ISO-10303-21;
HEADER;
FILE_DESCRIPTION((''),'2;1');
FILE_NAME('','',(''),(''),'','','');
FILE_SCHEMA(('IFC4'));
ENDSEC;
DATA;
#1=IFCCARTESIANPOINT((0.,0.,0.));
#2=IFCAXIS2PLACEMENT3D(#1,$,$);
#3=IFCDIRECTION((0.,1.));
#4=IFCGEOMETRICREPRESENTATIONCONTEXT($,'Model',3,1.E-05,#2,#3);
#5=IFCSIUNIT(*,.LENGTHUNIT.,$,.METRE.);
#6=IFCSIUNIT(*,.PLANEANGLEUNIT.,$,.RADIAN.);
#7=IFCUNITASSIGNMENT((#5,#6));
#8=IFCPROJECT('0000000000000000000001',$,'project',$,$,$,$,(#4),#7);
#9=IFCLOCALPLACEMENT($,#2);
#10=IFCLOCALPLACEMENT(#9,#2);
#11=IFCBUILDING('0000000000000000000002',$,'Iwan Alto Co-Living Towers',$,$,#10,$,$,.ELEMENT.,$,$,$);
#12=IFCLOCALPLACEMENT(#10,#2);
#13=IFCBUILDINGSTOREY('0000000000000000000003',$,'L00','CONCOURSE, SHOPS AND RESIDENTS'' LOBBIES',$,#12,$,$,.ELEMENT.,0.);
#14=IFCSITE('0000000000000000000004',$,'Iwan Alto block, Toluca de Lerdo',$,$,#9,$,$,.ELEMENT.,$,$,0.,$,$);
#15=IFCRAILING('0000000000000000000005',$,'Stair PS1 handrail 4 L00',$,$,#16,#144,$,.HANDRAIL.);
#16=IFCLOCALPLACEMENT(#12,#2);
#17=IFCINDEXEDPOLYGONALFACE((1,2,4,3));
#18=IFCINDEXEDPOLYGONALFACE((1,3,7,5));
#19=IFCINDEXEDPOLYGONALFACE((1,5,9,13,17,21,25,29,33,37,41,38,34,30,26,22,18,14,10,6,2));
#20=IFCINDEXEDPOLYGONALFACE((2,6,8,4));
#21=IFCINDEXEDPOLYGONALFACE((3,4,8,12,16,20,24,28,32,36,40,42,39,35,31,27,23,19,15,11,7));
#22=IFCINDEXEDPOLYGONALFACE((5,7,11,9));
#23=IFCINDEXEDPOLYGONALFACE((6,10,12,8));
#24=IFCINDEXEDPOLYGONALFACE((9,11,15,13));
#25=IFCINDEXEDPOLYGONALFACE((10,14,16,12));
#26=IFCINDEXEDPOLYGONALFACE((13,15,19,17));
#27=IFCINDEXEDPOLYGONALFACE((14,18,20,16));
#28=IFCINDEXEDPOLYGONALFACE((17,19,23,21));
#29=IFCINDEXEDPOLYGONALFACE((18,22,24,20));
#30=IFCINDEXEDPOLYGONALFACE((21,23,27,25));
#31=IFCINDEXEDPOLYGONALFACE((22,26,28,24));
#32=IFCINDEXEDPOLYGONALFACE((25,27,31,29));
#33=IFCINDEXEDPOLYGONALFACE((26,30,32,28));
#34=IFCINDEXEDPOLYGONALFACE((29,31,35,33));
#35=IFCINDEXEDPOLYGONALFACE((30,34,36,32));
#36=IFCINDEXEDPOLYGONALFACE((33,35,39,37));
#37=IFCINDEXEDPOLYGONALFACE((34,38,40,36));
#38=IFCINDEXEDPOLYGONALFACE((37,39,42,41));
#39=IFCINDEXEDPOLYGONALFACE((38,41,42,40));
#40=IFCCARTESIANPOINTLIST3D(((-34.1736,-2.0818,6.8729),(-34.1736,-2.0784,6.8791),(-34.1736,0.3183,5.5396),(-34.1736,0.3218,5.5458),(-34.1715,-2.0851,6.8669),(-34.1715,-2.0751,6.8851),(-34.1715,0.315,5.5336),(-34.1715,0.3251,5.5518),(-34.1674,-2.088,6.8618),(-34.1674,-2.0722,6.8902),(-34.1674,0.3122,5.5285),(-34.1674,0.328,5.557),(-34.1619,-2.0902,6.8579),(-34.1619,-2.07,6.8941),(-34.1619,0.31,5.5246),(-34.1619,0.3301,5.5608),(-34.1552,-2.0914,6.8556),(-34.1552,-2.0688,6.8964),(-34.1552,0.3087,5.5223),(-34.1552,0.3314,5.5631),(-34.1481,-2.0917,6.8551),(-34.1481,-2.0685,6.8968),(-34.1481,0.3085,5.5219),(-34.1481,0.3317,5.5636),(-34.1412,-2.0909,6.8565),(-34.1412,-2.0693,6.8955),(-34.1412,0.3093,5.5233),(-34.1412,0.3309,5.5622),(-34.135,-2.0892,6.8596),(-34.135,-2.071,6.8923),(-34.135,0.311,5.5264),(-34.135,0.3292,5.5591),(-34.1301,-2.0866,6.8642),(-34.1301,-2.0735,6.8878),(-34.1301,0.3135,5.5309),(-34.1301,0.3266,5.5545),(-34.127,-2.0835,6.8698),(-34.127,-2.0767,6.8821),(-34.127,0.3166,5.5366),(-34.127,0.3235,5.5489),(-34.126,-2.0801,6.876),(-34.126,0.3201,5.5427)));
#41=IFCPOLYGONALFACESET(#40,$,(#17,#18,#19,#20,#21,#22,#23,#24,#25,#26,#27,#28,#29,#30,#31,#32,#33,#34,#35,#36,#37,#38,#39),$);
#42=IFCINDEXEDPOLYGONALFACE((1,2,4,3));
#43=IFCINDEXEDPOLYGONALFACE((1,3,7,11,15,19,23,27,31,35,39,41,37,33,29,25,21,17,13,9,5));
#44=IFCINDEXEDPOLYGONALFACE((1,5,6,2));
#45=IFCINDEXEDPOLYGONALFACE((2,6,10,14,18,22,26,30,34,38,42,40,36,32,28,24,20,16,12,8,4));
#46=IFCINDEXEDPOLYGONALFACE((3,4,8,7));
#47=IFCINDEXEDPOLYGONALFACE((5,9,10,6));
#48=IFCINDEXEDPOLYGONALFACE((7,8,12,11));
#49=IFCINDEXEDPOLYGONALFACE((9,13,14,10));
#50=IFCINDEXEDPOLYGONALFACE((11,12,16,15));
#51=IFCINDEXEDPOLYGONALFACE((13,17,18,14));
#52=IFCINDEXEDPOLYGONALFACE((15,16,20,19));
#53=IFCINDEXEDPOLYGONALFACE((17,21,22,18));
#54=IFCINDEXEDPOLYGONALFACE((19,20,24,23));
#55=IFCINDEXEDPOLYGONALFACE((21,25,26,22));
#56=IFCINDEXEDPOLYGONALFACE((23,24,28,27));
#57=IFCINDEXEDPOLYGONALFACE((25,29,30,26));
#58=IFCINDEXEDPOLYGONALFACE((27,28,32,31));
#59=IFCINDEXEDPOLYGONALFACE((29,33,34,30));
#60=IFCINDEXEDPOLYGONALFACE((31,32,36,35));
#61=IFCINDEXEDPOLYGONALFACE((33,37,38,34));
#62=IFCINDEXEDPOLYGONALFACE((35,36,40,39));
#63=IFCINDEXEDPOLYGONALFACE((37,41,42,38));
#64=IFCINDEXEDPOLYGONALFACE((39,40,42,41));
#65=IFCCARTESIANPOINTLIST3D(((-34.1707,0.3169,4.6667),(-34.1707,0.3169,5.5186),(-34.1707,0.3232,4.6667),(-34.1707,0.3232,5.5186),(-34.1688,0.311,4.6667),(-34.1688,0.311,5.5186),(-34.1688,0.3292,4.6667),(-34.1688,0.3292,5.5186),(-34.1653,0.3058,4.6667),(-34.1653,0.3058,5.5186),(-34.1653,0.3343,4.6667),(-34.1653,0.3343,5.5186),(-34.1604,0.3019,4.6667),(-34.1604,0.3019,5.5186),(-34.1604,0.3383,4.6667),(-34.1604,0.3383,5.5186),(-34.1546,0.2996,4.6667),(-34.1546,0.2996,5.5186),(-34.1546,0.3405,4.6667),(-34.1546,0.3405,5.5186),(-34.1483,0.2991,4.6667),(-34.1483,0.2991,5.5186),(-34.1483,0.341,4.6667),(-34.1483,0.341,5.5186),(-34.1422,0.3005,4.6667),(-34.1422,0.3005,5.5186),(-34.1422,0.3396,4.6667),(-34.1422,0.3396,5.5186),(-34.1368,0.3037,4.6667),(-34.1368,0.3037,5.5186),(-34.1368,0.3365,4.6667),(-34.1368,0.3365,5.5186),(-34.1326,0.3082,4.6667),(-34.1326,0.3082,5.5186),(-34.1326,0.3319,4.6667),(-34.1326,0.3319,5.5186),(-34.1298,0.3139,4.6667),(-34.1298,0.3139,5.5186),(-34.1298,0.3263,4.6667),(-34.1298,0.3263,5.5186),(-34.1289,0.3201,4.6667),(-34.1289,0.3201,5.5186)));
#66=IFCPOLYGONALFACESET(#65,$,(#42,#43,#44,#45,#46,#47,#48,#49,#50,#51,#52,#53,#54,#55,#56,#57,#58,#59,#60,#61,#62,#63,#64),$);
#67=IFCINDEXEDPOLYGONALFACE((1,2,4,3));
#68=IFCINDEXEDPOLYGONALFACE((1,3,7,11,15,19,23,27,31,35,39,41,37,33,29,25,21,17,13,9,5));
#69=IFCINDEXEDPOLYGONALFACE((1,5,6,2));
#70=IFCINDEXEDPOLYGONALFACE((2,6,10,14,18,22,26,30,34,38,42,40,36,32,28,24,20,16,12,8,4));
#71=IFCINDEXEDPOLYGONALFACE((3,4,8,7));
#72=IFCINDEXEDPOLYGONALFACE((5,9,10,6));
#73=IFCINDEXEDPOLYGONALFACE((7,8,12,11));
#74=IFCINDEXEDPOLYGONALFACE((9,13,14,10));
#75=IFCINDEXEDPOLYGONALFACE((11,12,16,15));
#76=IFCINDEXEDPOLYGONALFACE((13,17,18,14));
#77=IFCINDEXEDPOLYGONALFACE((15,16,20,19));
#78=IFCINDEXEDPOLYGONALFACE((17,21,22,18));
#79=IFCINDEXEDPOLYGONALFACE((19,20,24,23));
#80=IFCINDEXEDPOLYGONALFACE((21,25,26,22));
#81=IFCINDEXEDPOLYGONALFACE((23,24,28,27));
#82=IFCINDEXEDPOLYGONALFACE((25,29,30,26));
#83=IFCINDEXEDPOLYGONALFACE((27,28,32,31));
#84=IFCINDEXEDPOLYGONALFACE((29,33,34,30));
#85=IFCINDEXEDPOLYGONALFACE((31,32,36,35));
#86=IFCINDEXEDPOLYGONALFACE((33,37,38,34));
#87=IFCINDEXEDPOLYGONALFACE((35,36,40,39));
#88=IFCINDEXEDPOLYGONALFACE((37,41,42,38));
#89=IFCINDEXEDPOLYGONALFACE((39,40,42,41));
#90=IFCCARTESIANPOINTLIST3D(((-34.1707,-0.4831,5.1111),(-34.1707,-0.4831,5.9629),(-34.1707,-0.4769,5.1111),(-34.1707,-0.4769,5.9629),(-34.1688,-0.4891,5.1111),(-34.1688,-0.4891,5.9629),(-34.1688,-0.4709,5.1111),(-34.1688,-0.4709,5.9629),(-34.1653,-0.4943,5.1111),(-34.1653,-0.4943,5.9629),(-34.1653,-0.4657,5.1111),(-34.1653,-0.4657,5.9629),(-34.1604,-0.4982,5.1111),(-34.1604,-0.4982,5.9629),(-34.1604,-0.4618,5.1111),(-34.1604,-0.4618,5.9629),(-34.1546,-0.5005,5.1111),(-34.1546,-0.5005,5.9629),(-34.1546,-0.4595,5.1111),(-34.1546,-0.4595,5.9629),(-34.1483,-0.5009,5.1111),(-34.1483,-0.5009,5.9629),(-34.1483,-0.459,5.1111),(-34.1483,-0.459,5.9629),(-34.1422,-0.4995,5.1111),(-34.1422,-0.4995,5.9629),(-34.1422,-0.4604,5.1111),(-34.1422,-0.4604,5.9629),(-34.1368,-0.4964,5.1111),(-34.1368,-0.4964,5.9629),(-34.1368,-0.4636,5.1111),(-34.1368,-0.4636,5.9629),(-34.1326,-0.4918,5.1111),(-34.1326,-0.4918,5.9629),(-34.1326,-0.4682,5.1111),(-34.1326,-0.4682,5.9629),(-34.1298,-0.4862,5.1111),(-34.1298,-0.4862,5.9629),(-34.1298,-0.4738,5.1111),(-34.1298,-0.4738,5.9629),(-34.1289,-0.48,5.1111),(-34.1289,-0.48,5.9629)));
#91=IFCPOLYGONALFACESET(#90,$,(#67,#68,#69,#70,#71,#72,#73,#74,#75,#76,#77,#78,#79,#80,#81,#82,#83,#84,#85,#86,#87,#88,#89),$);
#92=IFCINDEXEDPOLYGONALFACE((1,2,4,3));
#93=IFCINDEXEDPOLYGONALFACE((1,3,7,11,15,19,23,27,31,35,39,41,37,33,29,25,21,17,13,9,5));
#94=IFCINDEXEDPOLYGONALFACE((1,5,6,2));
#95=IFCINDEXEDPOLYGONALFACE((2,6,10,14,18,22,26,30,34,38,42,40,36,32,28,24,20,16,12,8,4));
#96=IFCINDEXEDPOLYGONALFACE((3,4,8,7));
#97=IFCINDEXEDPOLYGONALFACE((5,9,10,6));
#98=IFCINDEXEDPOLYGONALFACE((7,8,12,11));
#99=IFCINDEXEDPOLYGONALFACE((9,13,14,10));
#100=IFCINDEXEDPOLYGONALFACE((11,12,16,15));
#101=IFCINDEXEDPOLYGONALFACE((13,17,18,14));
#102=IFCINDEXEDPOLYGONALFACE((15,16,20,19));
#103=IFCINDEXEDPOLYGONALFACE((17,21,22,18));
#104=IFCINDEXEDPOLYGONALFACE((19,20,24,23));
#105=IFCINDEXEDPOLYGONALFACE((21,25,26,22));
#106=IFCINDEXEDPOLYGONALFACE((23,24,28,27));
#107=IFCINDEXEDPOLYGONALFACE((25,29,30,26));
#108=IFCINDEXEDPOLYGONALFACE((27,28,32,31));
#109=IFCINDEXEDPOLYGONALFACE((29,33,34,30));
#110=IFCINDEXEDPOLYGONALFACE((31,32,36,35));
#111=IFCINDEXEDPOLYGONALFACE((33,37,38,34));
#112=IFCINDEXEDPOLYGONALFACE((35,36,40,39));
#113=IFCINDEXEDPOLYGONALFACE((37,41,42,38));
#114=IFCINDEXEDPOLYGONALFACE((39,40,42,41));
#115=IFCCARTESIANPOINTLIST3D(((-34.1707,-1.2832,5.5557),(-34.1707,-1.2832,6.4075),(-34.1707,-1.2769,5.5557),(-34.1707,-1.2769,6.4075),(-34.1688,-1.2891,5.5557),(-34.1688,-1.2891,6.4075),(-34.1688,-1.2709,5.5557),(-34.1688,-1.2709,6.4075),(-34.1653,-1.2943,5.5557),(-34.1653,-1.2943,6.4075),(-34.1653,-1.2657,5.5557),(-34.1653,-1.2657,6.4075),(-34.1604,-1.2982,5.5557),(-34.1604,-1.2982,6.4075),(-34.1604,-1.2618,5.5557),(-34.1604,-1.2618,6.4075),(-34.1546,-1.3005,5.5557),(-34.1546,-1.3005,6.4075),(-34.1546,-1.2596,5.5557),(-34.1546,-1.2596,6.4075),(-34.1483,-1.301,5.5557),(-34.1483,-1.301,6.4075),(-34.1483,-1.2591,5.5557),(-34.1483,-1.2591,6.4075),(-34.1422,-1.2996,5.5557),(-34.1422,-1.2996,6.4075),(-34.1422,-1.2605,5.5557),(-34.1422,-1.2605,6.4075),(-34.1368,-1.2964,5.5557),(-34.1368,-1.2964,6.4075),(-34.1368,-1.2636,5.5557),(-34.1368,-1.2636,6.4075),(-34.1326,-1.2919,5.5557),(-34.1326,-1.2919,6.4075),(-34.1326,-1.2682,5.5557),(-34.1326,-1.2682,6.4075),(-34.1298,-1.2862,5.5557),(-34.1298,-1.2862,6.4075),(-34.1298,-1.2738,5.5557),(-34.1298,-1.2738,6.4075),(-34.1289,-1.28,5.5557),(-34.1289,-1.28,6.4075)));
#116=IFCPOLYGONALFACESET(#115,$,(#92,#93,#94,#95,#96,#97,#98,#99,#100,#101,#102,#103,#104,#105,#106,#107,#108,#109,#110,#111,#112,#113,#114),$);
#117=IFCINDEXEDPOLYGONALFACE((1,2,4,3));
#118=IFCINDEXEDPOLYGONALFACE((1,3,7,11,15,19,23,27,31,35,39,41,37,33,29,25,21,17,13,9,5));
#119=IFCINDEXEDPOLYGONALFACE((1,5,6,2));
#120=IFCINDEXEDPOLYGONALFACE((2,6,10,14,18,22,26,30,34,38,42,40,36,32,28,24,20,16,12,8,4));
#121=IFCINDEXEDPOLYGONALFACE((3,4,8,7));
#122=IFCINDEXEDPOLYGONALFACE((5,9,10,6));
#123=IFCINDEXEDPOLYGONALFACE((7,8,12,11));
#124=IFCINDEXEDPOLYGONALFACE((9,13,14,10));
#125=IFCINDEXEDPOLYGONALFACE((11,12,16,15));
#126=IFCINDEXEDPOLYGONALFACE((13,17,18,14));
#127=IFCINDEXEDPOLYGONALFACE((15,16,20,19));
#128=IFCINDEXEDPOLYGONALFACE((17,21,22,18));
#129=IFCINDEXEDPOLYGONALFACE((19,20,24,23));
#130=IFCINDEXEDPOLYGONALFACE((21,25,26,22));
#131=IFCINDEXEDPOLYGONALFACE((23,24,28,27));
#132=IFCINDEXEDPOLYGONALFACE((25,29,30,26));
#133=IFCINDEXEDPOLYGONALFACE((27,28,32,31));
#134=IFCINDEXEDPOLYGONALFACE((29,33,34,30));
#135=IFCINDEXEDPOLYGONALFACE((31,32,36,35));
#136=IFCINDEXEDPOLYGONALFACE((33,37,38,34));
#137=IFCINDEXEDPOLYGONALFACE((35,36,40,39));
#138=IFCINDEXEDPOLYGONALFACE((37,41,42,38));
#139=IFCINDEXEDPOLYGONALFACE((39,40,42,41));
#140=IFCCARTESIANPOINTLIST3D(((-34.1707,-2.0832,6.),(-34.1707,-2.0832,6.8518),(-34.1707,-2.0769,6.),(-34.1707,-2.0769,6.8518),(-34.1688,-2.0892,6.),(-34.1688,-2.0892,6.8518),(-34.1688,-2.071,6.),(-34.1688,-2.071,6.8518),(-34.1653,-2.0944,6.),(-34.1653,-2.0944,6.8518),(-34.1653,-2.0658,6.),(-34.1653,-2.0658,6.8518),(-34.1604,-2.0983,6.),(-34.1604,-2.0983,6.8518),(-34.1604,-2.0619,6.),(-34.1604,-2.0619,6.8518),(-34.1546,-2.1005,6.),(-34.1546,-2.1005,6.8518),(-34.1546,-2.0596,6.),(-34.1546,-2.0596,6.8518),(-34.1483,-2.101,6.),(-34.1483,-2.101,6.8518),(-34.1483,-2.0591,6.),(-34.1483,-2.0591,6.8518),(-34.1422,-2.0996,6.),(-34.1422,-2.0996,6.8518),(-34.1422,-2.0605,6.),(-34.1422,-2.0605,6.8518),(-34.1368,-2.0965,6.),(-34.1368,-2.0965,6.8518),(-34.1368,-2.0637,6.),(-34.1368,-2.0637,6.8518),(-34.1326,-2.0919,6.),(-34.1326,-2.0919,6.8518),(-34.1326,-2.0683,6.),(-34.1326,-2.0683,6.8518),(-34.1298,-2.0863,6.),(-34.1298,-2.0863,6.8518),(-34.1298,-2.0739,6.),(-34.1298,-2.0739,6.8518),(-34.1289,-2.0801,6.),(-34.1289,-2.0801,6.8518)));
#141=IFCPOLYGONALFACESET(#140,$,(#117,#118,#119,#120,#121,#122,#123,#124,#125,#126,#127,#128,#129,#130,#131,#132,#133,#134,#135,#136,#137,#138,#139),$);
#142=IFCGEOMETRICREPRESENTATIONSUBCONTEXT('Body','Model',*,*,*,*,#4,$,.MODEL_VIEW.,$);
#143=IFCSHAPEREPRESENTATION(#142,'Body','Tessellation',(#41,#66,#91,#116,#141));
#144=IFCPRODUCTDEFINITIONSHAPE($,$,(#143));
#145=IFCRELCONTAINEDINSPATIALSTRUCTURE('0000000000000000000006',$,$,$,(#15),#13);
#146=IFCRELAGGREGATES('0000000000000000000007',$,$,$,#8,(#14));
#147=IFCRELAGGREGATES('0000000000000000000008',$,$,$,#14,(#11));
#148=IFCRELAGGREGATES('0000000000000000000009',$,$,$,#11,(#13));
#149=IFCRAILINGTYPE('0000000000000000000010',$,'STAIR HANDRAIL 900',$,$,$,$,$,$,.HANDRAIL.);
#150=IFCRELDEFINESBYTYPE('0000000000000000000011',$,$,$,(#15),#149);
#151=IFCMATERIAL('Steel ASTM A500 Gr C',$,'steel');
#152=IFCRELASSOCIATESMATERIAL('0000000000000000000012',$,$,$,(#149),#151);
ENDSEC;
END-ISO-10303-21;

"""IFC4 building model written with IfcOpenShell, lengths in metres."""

from ifc_helpers import new_model, si_unit, direction, frame, origin, origin_2d, place, context, subcontext, project, spatial, circle, extrude, material, type_object, element, save


model = new_model("IFC4")

# Units and contexts
model_context = context("Model", 3, precision=1e-05, world=origin(), true_north=direction((0.0, 1.0)))
body_context = subcontext(model_context, "Body", "Model", "MODEL_VIEW")
ifc_project = project(units=[si_unit("LENGTHUNIT", "METRE"), si_unit("PLANEANGLEUNIT", "RADIAN")], contexts=[model_context])

# Site, building, storey
site_placement = place(None, origin())
site = spatial("IfcSite", under=ifc_project, at=site_placement, Name="Iwan Alto block, Toluca de Lerdo", CompositionType="ELEMENT", RefElevation=0.0)
building_placement = place(site_placement, origin())
building = spatial("IfcBuilding", under=site, at=building_placement, Name="Iwan Alto Co-Living Towers", CompositionType="ELEMENT")
storey_placement = place(building_placement, origin())
storey = spatial("IfcBuildingStorey", under=building, at=storey_placement, Name="L00", Description="CONCOURSE, SHOPS AND RESIDENTS' LOBBIES", CompositionType="ELEMENT", Elevation=0.0)

# Railing
ifc_material_1 = material(Name="Steel ASTM A500 Gr C", Category="steel")
railing_type_1 = type_object("IfcRailingType", Name="STAIR HANDRAIL 900", PredefinedType="HANDRAIL", material=ifc_material_1)
for number, where, name in (
    (1, (-34.1499, 0.3201, 4.6667), "Stair PS1 handrail 4 L00"),
):
    element("IfcRailing", number, at=place(storey_placement, frame(where)), inside=storey, type_object=railing_type_1, Name=name, PredefinedType="HANDRAIL", context=body_context, shape_type="SweptSolid", body=[
        extrude(circle(Radius=0.0239, at=origin_2d()), frame((0.0, 0.0, 0.876), z_axis=(0.0, -0.874182, 0.485598), x_axis=(1.0, 0.0, 0.0)), (0.0, 0.0, 1.0), 2.7456),
        extrude(circle(Radius=0.021, at=origin_2d()), origin(), (0.0, 0.0, 1.0), 0.8518),
        extrude(circle(Radius=0.021, at=origin_2d()), frame((0.0, -0.8, 0.4443)), (0.0, 0.0, 1.0), 0.8518),
        extrude(circle(Radius=0.021, at=origin_2d()), frame((0.0, -1.6001, 0.8889)), (0.0, 0.0, 1.0), 0.8518),
        extrude(circle(Radius=0.021, at=origin_2d()), frame((0.0, -2.4001, 1.3333)), (0.0, 0.0, 1.0), 0.8518),
    ])

save(model, "model.ifc")
